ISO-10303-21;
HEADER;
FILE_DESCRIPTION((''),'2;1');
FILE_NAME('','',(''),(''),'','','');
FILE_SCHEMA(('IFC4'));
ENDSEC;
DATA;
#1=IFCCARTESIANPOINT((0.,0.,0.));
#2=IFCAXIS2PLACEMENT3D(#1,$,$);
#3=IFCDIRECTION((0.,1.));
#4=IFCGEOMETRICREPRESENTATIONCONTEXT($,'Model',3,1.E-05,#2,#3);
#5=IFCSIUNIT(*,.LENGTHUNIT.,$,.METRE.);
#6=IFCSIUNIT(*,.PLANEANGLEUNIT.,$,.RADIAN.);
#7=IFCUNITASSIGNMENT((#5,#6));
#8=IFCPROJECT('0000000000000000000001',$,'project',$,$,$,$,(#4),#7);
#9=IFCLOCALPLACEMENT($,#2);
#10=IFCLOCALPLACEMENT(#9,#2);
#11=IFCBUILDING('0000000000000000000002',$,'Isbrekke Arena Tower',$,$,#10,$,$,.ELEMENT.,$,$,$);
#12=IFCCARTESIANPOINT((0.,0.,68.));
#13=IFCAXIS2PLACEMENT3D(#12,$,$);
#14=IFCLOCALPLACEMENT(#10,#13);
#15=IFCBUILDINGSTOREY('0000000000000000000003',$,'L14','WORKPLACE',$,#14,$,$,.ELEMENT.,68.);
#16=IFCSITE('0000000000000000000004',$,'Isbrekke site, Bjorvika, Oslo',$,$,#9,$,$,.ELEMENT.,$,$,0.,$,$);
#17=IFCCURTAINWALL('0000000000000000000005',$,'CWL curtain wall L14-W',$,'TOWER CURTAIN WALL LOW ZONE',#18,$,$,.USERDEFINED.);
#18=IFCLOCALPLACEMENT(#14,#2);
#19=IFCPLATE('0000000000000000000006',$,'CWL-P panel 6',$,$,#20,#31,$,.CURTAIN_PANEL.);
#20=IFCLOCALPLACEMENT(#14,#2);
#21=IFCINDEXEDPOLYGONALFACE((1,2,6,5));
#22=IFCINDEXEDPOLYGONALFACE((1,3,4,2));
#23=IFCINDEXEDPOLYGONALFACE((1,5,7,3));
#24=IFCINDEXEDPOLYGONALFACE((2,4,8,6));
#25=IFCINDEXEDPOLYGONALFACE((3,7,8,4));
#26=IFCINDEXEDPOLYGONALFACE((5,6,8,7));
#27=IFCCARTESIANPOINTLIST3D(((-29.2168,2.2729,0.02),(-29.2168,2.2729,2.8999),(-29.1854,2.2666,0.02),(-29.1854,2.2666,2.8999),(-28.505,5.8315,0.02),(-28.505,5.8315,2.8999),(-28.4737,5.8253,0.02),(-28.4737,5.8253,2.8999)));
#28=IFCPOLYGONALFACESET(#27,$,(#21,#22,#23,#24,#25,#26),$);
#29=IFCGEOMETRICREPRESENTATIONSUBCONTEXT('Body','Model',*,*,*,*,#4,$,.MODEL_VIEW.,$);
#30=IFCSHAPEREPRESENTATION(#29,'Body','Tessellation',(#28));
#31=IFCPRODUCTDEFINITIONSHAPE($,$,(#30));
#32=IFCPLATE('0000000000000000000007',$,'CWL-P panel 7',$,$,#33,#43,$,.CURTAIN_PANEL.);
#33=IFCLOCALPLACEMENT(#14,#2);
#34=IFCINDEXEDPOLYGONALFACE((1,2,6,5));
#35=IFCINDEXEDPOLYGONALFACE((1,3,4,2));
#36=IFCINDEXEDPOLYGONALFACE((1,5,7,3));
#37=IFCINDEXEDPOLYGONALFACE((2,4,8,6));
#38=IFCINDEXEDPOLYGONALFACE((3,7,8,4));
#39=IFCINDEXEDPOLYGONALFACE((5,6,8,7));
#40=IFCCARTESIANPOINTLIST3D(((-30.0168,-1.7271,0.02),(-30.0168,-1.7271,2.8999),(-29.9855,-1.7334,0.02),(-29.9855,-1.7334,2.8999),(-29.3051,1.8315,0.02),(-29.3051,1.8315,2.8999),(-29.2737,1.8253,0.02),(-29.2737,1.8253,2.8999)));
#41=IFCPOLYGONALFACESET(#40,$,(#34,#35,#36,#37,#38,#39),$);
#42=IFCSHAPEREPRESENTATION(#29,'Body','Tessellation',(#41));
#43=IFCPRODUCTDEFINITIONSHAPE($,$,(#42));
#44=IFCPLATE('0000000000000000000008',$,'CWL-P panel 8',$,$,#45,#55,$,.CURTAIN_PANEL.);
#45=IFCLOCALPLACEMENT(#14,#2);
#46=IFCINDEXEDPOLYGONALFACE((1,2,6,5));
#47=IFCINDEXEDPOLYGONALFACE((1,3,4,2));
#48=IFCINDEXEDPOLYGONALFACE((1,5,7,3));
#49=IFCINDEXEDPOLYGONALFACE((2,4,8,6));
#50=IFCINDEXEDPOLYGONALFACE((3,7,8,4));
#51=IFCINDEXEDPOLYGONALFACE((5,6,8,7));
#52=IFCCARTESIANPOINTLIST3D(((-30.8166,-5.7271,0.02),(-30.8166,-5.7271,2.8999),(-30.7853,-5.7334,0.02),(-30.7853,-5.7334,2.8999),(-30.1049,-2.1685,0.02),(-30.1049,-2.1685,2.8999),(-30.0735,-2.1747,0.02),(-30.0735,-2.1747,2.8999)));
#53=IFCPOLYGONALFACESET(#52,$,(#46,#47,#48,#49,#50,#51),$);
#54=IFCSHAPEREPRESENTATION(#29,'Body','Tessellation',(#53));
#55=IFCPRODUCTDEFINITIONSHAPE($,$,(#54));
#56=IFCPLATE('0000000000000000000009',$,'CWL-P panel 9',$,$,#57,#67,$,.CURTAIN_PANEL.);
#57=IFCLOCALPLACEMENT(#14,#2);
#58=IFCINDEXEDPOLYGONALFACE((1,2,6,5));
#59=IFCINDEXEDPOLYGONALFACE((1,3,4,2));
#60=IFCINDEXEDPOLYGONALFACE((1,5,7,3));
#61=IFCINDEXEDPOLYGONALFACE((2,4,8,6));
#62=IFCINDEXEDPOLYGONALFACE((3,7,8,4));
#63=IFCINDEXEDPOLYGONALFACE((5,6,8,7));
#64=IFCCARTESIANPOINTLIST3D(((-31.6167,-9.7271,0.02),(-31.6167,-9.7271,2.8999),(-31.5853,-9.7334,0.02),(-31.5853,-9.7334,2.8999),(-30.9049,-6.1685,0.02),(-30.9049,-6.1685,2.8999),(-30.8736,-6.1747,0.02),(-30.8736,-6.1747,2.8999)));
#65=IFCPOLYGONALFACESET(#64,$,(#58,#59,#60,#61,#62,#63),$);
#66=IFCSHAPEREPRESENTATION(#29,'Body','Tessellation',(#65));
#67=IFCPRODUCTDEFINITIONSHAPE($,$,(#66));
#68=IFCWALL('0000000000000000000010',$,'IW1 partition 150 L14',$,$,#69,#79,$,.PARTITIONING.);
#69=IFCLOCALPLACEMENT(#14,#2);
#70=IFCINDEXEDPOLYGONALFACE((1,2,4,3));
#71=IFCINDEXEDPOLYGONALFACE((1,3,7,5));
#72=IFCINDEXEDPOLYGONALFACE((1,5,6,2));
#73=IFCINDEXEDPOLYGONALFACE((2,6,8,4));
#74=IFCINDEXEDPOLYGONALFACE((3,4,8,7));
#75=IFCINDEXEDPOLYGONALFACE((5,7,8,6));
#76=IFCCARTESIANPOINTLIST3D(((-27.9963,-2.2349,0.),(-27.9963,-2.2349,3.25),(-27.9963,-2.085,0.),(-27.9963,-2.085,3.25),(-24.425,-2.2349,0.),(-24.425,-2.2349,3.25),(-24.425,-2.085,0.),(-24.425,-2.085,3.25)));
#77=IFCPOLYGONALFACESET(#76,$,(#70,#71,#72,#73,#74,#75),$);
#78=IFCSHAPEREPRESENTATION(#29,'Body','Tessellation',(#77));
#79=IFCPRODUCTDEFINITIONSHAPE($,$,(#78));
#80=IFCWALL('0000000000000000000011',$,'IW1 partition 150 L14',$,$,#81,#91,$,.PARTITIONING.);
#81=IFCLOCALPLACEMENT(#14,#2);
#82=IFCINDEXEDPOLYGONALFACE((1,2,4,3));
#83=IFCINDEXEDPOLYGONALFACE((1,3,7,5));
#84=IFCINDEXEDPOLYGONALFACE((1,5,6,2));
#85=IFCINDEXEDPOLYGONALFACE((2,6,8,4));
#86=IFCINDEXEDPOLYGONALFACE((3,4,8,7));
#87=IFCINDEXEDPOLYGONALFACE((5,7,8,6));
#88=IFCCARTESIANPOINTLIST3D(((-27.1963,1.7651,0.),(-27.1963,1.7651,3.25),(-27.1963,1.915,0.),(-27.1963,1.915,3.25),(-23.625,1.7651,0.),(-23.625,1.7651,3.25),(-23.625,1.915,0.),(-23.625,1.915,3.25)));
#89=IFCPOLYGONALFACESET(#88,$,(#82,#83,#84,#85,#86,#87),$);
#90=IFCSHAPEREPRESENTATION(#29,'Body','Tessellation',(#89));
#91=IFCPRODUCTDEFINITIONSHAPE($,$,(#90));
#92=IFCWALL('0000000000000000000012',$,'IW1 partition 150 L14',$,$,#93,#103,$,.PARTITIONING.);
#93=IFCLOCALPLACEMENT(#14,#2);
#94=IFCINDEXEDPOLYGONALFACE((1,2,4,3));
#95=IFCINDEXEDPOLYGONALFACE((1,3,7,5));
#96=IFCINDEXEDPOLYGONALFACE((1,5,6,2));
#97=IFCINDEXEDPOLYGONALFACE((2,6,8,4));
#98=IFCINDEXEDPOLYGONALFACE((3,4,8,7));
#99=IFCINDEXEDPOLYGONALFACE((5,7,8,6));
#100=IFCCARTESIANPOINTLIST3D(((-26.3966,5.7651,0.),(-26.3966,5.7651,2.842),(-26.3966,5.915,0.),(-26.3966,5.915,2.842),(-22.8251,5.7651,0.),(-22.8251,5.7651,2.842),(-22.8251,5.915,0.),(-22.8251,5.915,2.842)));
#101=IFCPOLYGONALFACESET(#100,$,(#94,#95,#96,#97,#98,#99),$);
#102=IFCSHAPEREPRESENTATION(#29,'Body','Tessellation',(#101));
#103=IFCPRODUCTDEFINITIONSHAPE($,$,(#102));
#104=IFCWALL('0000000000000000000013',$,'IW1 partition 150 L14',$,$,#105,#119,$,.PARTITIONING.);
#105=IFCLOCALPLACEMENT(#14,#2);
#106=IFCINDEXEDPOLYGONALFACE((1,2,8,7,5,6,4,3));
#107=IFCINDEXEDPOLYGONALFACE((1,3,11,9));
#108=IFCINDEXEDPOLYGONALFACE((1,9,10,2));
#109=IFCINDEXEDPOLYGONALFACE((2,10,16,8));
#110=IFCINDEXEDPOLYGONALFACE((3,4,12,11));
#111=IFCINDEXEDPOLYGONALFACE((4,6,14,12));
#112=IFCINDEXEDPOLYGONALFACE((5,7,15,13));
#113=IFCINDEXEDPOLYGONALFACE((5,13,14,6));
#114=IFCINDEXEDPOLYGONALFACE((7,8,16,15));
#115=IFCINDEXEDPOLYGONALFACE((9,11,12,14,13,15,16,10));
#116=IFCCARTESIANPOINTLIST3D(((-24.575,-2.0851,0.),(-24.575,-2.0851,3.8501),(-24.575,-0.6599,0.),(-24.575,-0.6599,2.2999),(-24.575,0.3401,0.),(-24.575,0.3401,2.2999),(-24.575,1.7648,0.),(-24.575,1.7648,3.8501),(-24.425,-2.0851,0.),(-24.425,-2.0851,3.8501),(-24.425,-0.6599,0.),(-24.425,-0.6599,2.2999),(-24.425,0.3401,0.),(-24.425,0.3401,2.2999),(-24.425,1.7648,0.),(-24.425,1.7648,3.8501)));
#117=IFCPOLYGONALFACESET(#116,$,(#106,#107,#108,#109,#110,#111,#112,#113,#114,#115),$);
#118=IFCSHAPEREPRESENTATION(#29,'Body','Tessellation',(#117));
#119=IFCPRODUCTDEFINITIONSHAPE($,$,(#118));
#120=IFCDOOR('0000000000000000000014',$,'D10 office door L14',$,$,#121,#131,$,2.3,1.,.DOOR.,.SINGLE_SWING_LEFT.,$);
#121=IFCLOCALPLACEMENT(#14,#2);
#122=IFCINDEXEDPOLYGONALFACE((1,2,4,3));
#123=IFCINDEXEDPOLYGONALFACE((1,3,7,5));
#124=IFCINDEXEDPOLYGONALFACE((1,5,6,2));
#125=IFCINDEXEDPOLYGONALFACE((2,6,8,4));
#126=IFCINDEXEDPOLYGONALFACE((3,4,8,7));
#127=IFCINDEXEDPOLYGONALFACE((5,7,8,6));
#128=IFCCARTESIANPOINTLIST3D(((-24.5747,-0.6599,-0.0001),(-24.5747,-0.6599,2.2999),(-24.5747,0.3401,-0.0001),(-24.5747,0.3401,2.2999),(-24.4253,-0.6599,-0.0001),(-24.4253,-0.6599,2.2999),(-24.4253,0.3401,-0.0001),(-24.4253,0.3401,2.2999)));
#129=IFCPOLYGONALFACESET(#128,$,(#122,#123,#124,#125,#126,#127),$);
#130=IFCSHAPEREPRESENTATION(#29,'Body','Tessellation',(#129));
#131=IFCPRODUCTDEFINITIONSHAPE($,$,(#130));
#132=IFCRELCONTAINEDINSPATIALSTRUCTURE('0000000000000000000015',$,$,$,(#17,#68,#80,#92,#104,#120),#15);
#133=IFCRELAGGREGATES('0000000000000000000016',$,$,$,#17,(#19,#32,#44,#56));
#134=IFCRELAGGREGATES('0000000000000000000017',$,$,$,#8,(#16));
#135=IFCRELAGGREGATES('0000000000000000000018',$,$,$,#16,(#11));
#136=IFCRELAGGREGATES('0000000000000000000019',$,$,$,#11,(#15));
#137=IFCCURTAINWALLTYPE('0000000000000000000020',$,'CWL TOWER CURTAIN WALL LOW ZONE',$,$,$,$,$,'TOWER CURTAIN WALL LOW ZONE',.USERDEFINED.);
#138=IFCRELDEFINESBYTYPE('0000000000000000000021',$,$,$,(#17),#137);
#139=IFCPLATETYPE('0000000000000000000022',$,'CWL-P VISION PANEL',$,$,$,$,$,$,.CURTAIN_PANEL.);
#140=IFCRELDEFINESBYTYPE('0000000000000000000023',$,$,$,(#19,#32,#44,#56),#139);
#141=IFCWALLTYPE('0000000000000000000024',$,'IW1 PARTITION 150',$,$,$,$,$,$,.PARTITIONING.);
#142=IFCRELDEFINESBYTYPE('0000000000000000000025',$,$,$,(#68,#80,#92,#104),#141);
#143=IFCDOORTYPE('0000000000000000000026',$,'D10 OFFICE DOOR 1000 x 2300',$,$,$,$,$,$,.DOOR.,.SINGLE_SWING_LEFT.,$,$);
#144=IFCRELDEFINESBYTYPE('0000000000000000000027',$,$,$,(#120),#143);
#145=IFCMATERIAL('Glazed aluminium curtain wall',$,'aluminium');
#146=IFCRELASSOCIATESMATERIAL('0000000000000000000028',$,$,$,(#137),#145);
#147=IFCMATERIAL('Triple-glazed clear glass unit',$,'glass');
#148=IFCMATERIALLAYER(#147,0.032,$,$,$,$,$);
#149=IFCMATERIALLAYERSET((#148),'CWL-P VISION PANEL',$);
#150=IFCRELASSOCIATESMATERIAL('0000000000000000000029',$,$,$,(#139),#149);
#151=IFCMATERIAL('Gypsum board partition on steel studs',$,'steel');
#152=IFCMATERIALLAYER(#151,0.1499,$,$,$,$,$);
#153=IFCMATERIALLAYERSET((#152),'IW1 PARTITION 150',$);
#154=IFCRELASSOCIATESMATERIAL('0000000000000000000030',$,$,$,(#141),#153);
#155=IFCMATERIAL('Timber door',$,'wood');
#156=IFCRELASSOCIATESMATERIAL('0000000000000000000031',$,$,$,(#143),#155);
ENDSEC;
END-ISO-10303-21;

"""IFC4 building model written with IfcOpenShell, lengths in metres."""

from ifc_helpers import new_model, si_unit, direction, frame, frame_2d, origin, origin_2d, place, context, subcontext, project, spatial, rectangle, extrude, material, layer, layer_set, type_object, element, fill, aggregate, save


model = new_model("IFC4")

# Units and contexts
model_context = context("Model", 3, precision=1e-05, world=origin(), true_north=direction((0.0, 1.0)))
body_context = subcontext(model_context, "Body", "Model", "MODEL_VIEW")
ifc_project = project(units=[si_unit("LENGTHUNIT", "METRE"), si_unit("PLANEANGLEUNIT", "RADIAN")], contexts=[model_context])

# Site, building, storey
site_placement = place(None, origin())
site = spatial("IfcSite", under=ifc_project, at=site_placement, Name="Isbrekke site, Bjorvika, Oslo", CompositionType="ELEMENT", RefElevation=0.0)
building_placement = place(site_placement, origin())
building = spatial("IfcBuilding", under=site, at=building_placement, Name="Isbrekke Arena Tower", CompositionType="ELEMENT")
storey_placement = place(building_placement, frame((0.0, 0.0, 68.0)))
storey = spatial("IfcBuildingStorey", under=building, at=storey_placement, Name="L14", Description="WORKPLACE", CompositionType="ELEMENT", Elevation=68.0)

# Curtain wall
ifc_material_1 = material(Name="Glazed aluminium curtain wall", Category="aluminium")
curtain_wall_type = type_object("IfcCurtainWallType", Name="CWL TOWER CURTAIN WALL LOW ZONE", ElementType="TOWER CURTAIN WALL LOW ZONE", PredefinedType="USERDEFINED", material=ifc_material_1)
curtain_wall_placement = place(storey_placement, origin())
curtain_wall = element("IfcCurtainWall", 1, at=curtain_wall_placement, inside=storey, type_object=curtain_wall_type, Name="CWL curtain wall L14-W", ObjectType="TOWER CURTAIN WALL LOW ZONE", PredefinedType="USERDEFINED")

# Plates
ifc_material_2 = material(Name="Triple-glazed clear glass unit", Category="glass")
ifc_layer_1 = layer(ifc_material_2, 0.032)
ifc_layer_set_1 = layer_set([ifc_layer_1], Name="CWL-P VISION PANEL")
plate_type = type_object("IfcPlateType", Name="CWL-P VISION PANEL", PredefinedType="CURTAIN_PANEL", material=ifc_layer_set_1)
plate_1_placement = place(storey_placement, frame((-28.8452, 4.0491, 0.02), z_axis=(0.0, 0.0, 1.0), x_axis=(-0.196116, -0.980581, 0.0)))
plate_1 = element("IfcPlate", 2, at=plate_1_placement, type_object=plate_type, Name="CWL-P panel 6", PredefinedType="CURTAIN_PANEL", context=body_context, shape_type="SweptSolid", body=[
    extrude(rectangle(XDim=3.6292, YDim=0.032, at=origin_2d()), origin(), (0.0, 0.0, 1.0), 2.8799),
])
plate_2_placement = place(storey_placement, frame((-29.6453, 0.0491, 0.02), z_axis=(0.0, 0.0, 1.0), x_axis=(-0.196116, -0.980581, 0.0)))
plate_2 = element("IfcPlate", 3, at=plate_2_placement, type_object=plate_type, Name="CWL-P panel 7", PredefinedType="CURTAIN_PANEL", context=body_context, shape_type="SweptSolid", body=[
    extrude(rectangle(XDim=3.6292, YDim=0.032, at=origin_2d()), origin(), (0.0, 0.0, 1.0), 2.8799),
])
plate_3_placement = place(storey_placement, frame((-30.4451, -3.9509, 0.02), z_axis=(0.0, 0.0, 1.0), x_axis=(-0.196116, -0.980581, 0.0)))
plate_3 = element("IfcPlate", 4, at=plate_3_placement, type_object=plate_type, Name="CWL-P panel 8", PredefinedType="CURTAIN_PANEL", context=body_context, shape_type="SweptSolid", body=[
    extrude(rectangle(XDim=3.6292, YDim=0.032, at=origin_2d()), origin(), (0.0, 0.0, 1.0), 2.8799),
])
plate_4_placement = place(storey_placement, frame((-31.2451, -7.9509, 0.02), z_axis=(0.0, 0.0, 1.0), x_axis=(-0.196116, -0.980581, 0.0)))
plate_4 = element("IfcPlate", 5, at=plate_4_placement, type_object=plate_type, Name="CWL-P panel 9", PredefinedType="CURTAIN_PANEL", context=body_context, shape_type="SweptSolid", body=[
    extrude(rectangle(XDim=3.6292, YDim=0.032, at=origin_2d()), origin(), (0.0, 0.0, 1.0), 2.8799),
])
aggregate(curtain_wall, [plate_1, plate_2, plate_3, plate_4])

# Walls
ifc_material_3 = material(Name="Gypsum board partition on steel studs", Category="steel")
ifc_layer_2 = layer(ifc_material_3, 0.1499)
ifc_layer_set_2 = layer_set([ifc_layer_2], Name="IW1 PARTITION 150")
wall_type = type_object("IfcWallType", Name="IW1 PARTITION 150", PredefinedType="PARTITIONING", material=ifc_layer_set_2)
for number, where, z_axis, x_axis, name in (
    (6, (-27.9963, -2.1599, 0.0), (0.0, 0.0, 1.0), (1.0, 0.0, 0.0), "IW1 partition 150 L14"),
    (7, (-27.1963, 1.8401, 0.0), (0.0, 0.0, 1.0), (1.0, 0.0, 0.0), "IW1 partition 150 L14"),
):
    element("IfcWall", number, at=place(storey_placement, frame(where, z_axis=z_axis, x_axis=x_axis)), inside=storey, type_object=wall_type, Name=name, PredefinedType="PARTITIONING", context=body_context, shape_type="SweptSolid", body=[
        extrude(rectangle(XDim=3.5713, YDim=0.1499, at=frame_2d((1.7856, 0.0))), origin(), (0.0, 0.0, 1.0), 3.25),
    ])
wall_1_placement = place(storey_placement, frame((-26.3965, 5.8401, 0.0), z_axis=(0.0, 0.0, 1.0), x_axis=(1.0, 0.0, 0.0)))
element("IfcWall", 8, at=wall_1_placement, inside=storey, type_object=wall_type, Name="IW1 partition 150 L14", PredefinedType="PARTITIONING", context=body_context, shape_type="SweptSolid", body=[
    extrude(rectangle(XDim=3.5715, YDim=0.1499, at=frame_2d((1.7856, 0.0))), origin(), (0.0, 0.0, 1.0), 2.842),
])

# Wall, opening, door
wall_2_placement = place(storey_placement, frame((-24.5, -2.085, 0.0), z_axis=(0.0, 0.0, 1.0), x_axis=(0.0, 1.0, 0.0)))
wall_2 = element("IfcWall", 9, at=wall_2_placement, inside=storey, type_object=wall_type, Name="IW1 partition 150 L14", PredefinedType="PARTITIONING", context=body_context, shape_type="SweptSolid", body=[
    extrude(rectangle(XDim=3.8499, YDim=0.1499, at=frame_2d((1.9248, 0.0))), origin(), (0.0, 0.0, 1.0), 3.8501),
])
opening_placement = place(wall_2_placement, frame((1.425, 0.0, 0.0)))
opening = element("IfcOpeningElement", 10, at=opening_placement, cuts=wall_2, PredefinedType="OPENING", context=body_context, shape_type="SweptSolid", body=[
    extrude(rectangle(XDim=1.0, YDim=2.3, at=frame_2d((0.5, 1.1499))), frame((0.0, 0.0898, 0.0), z_axis=(0.0, -1.0, 0.0), x_axis=(1.0, 0.0, 0.0)), (0.0, 0.0, 1.0), 0.1797),
])
ifc_material_4 = material(Name="Timber door", Category="wood")
door_type = type_object("IfcDoorType", Name="D10 OFFICE DOOR 1000 x 2300", OperationType="SINGLE_SWING_LEFT", PredefinedType="DOOR", material=ifc_material_4)
door_placement = place(opening_placement, origin())
door = element("IfcDoor", 11, at=door_placement, inside=storey, type_object=door_type, Name="D10 office door L14", OperationType="SINGLE_SWING_LEFT", OverallHeight=2.3, OverallWidth=1.0, PredefinedType="DOOR", context=body_context, shape_type="SweptSolid", body=[
    extrude(rectangle(XDim=1.0, YDim=2.3, at=frame_2d((0.5, 1.1499))), frame((0.0, 0.0747, 0.0), z_axis=(0.0, -1.0, 0.0), x_axis=(1.0, 0.0, 0.0)), (0.0, 0.0, 1.0), 0.1494),
])
fill(opening, door)

save(model, "model.ifc")
